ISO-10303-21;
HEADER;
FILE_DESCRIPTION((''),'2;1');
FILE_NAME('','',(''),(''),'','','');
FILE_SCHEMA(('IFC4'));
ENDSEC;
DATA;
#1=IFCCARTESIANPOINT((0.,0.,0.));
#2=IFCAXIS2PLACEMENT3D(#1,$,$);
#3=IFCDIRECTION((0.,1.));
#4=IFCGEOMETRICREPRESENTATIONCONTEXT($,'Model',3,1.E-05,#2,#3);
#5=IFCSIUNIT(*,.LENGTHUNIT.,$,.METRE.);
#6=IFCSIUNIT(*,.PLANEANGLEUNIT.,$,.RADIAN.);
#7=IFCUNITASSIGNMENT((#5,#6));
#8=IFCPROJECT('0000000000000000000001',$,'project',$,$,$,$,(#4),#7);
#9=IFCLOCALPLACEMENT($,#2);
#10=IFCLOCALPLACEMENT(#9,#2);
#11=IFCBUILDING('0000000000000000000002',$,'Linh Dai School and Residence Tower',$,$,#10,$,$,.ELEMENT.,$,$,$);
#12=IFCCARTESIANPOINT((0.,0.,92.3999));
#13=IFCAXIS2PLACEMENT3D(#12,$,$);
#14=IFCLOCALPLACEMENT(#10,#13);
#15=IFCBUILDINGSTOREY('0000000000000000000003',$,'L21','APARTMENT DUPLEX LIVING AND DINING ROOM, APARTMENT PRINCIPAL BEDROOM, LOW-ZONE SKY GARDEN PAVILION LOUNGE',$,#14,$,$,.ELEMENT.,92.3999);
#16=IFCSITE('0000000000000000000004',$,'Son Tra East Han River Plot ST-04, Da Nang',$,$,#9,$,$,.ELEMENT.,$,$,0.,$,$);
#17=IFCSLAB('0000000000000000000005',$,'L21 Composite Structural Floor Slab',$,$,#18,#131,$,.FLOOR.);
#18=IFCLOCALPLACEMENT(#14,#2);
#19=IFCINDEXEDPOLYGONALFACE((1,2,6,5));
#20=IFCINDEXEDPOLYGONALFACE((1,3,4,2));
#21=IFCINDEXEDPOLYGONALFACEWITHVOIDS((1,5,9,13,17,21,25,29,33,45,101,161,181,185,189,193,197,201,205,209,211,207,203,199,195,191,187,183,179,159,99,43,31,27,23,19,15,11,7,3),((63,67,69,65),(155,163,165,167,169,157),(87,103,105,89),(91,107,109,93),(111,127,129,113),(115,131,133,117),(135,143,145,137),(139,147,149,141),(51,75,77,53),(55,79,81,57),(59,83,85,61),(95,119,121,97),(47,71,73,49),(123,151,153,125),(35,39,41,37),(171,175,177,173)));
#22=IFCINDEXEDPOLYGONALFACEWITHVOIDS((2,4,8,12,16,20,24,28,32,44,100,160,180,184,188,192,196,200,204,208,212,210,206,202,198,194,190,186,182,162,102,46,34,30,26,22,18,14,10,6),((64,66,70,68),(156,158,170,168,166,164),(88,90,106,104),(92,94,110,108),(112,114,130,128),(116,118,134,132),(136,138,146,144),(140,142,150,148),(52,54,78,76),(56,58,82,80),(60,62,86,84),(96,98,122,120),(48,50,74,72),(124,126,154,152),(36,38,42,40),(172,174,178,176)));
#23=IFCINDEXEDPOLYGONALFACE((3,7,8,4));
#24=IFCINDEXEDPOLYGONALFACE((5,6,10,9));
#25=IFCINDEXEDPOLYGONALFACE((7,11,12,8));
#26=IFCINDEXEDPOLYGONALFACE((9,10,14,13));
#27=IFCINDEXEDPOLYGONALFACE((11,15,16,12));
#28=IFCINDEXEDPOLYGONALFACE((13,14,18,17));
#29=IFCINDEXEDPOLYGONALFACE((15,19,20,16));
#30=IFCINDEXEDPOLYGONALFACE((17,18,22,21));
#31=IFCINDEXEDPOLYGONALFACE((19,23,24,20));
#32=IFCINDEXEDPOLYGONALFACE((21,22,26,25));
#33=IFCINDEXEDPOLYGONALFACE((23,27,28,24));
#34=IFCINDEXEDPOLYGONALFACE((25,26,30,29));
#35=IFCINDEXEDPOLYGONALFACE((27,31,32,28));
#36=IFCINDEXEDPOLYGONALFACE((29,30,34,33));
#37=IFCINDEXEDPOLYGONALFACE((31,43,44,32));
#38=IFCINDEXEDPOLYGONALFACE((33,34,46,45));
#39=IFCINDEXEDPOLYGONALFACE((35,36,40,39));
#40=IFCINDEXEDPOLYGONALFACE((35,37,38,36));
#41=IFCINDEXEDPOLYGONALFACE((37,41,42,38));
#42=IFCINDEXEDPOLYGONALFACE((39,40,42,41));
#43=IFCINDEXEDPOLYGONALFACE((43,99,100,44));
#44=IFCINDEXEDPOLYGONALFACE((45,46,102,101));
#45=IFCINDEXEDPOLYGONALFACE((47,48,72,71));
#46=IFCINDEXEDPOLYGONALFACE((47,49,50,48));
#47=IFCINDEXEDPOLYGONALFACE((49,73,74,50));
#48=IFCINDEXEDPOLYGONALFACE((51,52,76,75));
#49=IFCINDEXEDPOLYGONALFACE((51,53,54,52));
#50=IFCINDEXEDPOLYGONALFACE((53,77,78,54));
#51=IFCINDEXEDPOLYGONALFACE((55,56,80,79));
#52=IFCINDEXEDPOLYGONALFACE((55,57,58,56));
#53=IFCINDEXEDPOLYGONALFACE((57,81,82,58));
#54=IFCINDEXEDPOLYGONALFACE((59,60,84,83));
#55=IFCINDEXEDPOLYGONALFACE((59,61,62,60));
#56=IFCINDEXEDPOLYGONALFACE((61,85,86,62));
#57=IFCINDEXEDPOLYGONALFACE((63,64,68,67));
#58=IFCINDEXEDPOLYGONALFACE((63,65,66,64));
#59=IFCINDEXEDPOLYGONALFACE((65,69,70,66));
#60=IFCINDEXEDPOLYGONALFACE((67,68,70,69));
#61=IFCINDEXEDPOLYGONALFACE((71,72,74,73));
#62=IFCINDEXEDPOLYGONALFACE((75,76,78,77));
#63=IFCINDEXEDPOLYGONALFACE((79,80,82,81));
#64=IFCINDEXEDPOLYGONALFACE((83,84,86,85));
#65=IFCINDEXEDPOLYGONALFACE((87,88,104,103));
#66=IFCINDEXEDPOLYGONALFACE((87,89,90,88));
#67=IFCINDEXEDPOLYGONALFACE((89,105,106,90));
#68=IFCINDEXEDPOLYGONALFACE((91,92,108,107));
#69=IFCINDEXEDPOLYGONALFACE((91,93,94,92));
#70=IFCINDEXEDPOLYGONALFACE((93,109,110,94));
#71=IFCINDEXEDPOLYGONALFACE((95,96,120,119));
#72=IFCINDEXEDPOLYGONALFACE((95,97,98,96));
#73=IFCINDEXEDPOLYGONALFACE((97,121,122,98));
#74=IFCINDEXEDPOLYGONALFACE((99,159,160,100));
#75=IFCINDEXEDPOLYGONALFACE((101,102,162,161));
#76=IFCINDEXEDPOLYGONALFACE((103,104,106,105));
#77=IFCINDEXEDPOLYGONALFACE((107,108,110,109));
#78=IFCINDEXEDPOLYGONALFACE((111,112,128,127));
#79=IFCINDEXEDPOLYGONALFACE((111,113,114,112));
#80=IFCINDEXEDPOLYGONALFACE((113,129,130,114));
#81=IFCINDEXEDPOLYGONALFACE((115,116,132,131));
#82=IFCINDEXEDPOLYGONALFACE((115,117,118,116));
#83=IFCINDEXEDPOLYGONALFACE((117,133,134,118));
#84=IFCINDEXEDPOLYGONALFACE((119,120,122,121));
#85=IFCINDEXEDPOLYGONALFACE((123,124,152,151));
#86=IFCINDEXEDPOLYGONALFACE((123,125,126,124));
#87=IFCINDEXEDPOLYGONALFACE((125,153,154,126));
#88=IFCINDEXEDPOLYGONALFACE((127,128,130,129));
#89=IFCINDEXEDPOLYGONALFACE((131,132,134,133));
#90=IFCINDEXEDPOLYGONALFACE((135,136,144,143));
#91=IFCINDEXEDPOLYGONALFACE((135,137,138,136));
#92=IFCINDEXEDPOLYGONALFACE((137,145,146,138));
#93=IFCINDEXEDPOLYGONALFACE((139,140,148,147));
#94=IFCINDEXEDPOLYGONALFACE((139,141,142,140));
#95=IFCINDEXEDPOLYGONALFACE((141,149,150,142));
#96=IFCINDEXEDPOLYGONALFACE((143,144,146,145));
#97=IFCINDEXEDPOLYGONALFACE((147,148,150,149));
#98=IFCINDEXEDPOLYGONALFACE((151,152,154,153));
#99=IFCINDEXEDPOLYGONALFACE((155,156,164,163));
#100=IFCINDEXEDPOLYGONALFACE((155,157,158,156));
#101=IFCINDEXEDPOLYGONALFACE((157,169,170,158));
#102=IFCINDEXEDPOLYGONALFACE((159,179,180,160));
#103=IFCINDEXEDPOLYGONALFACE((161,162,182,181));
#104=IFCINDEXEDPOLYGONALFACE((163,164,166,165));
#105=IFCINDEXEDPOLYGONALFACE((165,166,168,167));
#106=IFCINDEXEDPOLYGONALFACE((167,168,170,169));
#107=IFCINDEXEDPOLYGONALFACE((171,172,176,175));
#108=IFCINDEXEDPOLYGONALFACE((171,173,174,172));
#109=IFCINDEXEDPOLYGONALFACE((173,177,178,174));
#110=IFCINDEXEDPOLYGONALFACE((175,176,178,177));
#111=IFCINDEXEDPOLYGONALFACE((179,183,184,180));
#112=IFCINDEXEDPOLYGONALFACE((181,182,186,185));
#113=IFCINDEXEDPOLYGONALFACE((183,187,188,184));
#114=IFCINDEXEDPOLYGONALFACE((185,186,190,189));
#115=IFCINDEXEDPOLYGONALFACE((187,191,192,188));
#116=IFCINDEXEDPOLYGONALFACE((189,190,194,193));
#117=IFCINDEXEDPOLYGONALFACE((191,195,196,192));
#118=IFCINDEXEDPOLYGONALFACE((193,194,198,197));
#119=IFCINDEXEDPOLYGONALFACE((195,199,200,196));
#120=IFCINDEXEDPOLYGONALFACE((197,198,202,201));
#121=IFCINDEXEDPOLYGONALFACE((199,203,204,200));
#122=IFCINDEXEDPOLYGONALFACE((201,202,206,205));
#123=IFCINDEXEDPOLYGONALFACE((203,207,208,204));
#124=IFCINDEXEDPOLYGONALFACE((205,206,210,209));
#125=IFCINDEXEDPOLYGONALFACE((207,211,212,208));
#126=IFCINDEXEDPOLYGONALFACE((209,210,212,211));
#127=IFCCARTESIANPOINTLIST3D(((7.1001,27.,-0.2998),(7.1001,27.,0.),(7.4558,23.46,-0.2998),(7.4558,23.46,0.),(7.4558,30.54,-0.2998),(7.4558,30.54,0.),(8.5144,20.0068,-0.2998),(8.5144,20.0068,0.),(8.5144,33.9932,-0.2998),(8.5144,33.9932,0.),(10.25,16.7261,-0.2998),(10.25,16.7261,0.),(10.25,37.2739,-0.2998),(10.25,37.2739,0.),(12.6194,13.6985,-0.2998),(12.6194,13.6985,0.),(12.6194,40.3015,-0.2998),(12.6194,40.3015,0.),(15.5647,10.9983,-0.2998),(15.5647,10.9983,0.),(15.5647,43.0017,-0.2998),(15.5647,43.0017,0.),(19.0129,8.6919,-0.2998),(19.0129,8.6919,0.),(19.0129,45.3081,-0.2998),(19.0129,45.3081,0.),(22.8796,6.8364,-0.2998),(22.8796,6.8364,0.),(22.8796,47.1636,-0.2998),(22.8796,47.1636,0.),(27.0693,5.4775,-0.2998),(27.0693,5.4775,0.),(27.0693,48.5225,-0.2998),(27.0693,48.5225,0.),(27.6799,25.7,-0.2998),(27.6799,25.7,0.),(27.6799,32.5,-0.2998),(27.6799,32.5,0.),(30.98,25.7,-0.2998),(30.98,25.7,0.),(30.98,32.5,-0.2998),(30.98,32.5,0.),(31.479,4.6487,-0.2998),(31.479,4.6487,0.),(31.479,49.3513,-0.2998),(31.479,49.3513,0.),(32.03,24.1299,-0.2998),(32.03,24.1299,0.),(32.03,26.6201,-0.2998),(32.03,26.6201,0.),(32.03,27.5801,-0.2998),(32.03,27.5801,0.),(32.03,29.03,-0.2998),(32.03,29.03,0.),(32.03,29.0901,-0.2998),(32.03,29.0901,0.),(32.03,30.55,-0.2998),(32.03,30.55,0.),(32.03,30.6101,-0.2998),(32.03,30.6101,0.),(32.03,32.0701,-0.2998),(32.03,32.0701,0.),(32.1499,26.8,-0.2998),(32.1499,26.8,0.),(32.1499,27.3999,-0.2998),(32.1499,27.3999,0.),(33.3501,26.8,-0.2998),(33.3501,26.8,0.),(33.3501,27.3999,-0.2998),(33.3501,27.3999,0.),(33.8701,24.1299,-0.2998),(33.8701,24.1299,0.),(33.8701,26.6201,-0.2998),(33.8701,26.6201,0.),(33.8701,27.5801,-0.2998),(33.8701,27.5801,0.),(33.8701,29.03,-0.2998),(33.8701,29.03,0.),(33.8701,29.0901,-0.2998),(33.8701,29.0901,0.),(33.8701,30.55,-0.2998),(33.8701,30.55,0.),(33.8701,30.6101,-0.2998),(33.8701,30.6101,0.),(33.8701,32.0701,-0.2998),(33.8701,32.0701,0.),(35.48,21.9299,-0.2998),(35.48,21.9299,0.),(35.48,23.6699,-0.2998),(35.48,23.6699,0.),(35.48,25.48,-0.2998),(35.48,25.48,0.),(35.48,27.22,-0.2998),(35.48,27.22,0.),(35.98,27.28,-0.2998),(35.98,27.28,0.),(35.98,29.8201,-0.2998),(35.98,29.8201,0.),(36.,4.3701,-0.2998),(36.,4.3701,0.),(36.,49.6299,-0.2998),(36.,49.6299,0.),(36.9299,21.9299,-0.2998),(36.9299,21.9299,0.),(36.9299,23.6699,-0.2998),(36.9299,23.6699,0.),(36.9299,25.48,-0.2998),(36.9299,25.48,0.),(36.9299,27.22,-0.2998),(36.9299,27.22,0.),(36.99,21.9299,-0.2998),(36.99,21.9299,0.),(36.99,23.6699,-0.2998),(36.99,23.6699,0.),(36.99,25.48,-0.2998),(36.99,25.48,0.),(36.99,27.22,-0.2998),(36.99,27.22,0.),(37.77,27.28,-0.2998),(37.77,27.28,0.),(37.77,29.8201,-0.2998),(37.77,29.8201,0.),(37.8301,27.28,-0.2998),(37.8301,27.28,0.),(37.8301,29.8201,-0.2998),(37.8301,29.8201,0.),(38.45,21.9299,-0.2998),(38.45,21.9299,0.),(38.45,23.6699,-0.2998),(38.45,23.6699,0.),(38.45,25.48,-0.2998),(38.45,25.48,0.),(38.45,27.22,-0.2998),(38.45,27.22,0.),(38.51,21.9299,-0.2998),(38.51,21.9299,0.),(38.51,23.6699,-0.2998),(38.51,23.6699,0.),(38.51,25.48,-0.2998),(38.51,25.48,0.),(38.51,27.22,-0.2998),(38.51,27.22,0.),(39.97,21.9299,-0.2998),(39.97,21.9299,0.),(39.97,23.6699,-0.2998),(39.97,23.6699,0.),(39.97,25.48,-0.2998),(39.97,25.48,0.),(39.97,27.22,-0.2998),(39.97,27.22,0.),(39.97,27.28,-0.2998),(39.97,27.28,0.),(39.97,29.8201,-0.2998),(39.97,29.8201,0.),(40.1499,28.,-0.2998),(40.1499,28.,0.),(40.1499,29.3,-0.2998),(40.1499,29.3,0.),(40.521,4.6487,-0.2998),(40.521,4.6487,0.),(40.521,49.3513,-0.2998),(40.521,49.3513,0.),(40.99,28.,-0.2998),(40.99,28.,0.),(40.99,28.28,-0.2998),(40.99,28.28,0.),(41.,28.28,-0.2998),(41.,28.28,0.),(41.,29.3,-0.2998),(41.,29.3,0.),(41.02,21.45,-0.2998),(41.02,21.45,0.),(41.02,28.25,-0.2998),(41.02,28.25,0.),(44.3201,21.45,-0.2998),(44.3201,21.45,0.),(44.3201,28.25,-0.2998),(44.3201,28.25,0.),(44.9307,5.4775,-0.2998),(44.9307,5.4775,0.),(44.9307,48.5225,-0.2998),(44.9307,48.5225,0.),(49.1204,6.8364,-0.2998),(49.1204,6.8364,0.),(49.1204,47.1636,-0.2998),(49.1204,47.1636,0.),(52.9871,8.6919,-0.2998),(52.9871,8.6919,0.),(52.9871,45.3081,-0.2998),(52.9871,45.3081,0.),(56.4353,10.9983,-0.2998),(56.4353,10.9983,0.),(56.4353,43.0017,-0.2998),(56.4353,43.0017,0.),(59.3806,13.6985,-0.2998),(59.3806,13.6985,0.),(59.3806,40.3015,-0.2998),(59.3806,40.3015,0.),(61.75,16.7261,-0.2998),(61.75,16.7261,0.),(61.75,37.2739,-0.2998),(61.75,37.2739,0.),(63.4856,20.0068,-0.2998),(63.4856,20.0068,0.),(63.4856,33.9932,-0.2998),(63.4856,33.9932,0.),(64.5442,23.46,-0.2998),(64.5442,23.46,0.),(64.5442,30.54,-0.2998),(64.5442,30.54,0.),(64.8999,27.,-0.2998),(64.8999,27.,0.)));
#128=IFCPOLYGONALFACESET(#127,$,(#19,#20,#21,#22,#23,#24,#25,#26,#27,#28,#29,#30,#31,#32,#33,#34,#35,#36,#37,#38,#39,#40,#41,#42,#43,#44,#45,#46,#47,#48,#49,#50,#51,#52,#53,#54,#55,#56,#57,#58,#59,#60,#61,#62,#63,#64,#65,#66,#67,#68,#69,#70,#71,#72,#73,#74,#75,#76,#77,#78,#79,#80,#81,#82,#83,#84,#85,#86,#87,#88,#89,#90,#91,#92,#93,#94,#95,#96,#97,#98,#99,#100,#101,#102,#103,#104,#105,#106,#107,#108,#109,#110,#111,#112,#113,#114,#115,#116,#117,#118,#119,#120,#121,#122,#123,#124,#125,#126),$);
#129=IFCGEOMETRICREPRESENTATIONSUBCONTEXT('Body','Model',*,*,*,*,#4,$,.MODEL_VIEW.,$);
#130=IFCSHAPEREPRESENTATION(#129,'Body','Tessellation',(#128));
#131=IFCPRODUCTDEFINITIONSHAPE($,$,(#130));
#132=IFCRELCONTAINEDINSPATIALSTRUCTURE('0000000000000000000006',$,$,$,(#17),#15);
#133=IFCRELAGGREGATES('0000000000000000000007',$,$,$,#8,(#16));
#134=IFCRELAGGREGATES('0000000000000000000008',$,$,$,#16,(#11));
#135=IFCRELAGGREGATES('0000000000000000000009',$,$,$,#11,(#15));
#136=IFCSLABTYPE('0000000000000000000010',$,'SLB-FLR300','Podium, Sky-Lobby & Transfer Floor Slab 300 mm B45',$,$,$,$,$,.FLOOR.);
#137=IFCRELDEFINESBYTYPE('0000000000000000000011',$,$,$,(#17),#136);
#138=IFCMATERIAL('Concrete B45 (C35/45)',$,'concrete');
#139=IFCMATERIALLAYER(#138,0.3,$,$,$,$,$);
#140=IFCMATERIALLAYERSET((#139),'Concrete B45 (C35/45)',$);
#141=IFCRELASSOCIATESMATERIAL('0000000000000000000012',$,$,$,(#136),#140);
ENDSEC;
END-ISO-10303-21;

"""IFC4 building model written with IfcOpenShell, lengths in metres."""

from ifc_helpers import new_model, si_unit, direction, frame, origin, place, context, subcontext, project, spatial, polyline, outline, extrude, material, layer, layer_set, type_object, element, save


model = new_model("IFC4")

# Units and contexts
model_context = context("Model", 3, precision=1e-05, world=origin(), true_north=direction((0.0, 1.0)))
body_context = subcontext(model_context, "Body", "Model", "MODEL_VIEW")
ifc_project = project(units=[si_unit("LENGTHUNIT", "METRE"), si_unit("PLANEANGLEUNIT", "RADIAN")], contexts=[model_context])

# Site, building, storey
site_placement = place(None, origin())
site = spatial("IfcSite", under=ifc_project, at=site_placement, Name="Son Tra East Han River Plot ST-04, Da Nang", CompositionType="ELEMENT", RefElevation=0.0)
building_placement = place(site_placement, origin())
building = spatial("IfcBuilding", under=site, at=building_placement, Name="Linh Dai School and Residence Tower", CompositionType="ELEMENT")
storey_placement = place(building_placement, frame((0.0, 0.0, 92.3999)))
storey = spatial("IfcBuildingStorey", under=building, at=storey_placement, Name="L21", Description="APARTMENT DUPLEX LIVING AND DINING ROOM, APARTMENT PRINCIPAL BEDROOM, LOW-ZONE SKY GARDEN PAVILION LOUNGE", CompositionType="ELEMENT", Elevation=92.3999)

# Slab
ifc_material_1 = material(Name="Concrete B45 (C35/45)", Category="concrete")
ifc_layer_1 = layer(ifc_material_1, 0.3)
ifc_layer_set_1 = layer_set([ifc_layer_1], Name="Concrete B45 (C35/45)")
slab_type_1 = type_object("IfcSlabType", Name="SLB-FLR300", Description="Podium, Sky-Lobby & Transfer Floor Slab 300 mm B45", PredefinedType="FLOOR", material=ifc_layer_set_1)
slab_1_placement = place(storey_placement, frame((0.0, 0.0, -0.2998)))
element("IfcSlab", 1, at=slab_1_placement, inside=storey, type_object=slab_type_1, Name="L21 Composite Structural Floor Slab", PredefinedType="FLOOR", context=body_context, shape_type="SweptSolid", body=[
    extrude(outline(polyline([(64.8999, 27.0), (64.5442, 30.54), (63.4856, 33.9932), (61.75, 37.2739), (59.3806, 40.3015), (56.4353, 43.0017), (52.9871, 45.3081), (49.1204, 47.1636), (44.9307, 48.5225), (40.521, 49.3513), (36.0, 49.6299), (31.479, 49.3513), (27.0693, 48.5225), (22.8796, 47.1636), (19.0129, 45.3081), (15.5647, 43.0017), (12.6194, 40.3015), (10.25, 37.2739), (8.5144, 33.9932), (7.4558, 30.54), (7.1001, 27.0), (7.4558, 23.46), (8.5144, 20.0068), (10.25, 16.7261), (12.6194, 13.6985), (15.5647, 10.9983), (19.0129, 8.6919), (22.8796, 6.8364), (27.0693, 5.4775), (31.479, 4.6487), (36.0, 4.3701), (40.521, 4.6487), (44.9307, 5.4775), (49.1204, 6.8364), (52.9871, 8.6919), (56.4353, 10.9983), (59.3806, 13.6985), (61.75, 16.7261), (63.4856, 20.0068), (64.5442, 23.46), (64.8999, 27.0)]), holes=[polyline([(30.98, 25.7), (30.98, 32.5), (27.6799, 32.5), (27.6799, 25.7), (30.98, 25.7)]), polyline([(41.02, 28.25), (41.02, 21.45), (44.3201, 21.45), (44.3201, 28.25), (41.02, 28.25)]), polyline([(35.98, 27.28), (37.77, 27.28), (37.77, 29.8201), (35.98, 29.8201), (35.98, 27.28)]), polyline([(32.03, 24.1299), (33.8701, 24.1299), (33.8701, 26.6201), (32.03, 26.6201), (32.03, 24.1299)]), polyline([(37.8301, 27.28), (39.97, 27.28), (39.97, 29.8201), (37.8301, 29.8201), (37.8301, 27.28)]), polyline([(35.48, 21.9299), (36.9299, 21.9299), (36.9299, 23.6699), (35.48, 23.6699), (35.48, 21.9299)]), polyline([(36.99, 21.9299), (38.45, 21.9299), (38.45, 23.6699), (36.99, 23.6699), (36.99, 21.9299)]), polyline([(38.51, 21.9299), (39.97, 21.9299), (39.97, 23.6699), (38.51, 23.6699), (38.51, 21.9299)]), polyline([(32.03, 27.5801), (33.8701, 27.5801), (33.8701, 29.03), (32.03, 29.03), (32.03, 27.5801)]), polyline([(32.03, 29.0901), (33.8701, 29.0901), (33.8701, 30.55), (32.03, 30.55), (32.03, 29.0901)]), polyline([(32.03, 30.6101), (33.8701, 30.6101), (33.8701, 32.0701), (32.03, 32.0701), (32.03, 30.6101)]), polyline([(35.48, 25.48), (36.9299, 25.48), (36.9299, 27.22), (35.48, 27.22), (35.48, 25.48)]), polyline([(36.99, 25.48), (38.45, 25.48), (38.45, 27.22), (36.99, 27.22), (36.99, 25.48)]), polyline([(38.51, 25.48), (39.97, 25.48), (39.97, 27.22), (38.51, 27.22), (38.51, 25.48)]), polyline([(40.1499, 28.0), (40.1499, 29.3), (41.0, 29.3), (41.0, 28.28), (40.99, 28.28), (40.99, 28.0), (40.1499, 28.0)]), polyline([(32.1499, 26.8), (33.3501, 26.8), (33.3501, 27.3999), (32.1499, 27.3999), (32.1499, 26.8)])]), origin(), (0.0, 0.0, 1.0), 0.2998),
])

save(model, "model.ifc")
